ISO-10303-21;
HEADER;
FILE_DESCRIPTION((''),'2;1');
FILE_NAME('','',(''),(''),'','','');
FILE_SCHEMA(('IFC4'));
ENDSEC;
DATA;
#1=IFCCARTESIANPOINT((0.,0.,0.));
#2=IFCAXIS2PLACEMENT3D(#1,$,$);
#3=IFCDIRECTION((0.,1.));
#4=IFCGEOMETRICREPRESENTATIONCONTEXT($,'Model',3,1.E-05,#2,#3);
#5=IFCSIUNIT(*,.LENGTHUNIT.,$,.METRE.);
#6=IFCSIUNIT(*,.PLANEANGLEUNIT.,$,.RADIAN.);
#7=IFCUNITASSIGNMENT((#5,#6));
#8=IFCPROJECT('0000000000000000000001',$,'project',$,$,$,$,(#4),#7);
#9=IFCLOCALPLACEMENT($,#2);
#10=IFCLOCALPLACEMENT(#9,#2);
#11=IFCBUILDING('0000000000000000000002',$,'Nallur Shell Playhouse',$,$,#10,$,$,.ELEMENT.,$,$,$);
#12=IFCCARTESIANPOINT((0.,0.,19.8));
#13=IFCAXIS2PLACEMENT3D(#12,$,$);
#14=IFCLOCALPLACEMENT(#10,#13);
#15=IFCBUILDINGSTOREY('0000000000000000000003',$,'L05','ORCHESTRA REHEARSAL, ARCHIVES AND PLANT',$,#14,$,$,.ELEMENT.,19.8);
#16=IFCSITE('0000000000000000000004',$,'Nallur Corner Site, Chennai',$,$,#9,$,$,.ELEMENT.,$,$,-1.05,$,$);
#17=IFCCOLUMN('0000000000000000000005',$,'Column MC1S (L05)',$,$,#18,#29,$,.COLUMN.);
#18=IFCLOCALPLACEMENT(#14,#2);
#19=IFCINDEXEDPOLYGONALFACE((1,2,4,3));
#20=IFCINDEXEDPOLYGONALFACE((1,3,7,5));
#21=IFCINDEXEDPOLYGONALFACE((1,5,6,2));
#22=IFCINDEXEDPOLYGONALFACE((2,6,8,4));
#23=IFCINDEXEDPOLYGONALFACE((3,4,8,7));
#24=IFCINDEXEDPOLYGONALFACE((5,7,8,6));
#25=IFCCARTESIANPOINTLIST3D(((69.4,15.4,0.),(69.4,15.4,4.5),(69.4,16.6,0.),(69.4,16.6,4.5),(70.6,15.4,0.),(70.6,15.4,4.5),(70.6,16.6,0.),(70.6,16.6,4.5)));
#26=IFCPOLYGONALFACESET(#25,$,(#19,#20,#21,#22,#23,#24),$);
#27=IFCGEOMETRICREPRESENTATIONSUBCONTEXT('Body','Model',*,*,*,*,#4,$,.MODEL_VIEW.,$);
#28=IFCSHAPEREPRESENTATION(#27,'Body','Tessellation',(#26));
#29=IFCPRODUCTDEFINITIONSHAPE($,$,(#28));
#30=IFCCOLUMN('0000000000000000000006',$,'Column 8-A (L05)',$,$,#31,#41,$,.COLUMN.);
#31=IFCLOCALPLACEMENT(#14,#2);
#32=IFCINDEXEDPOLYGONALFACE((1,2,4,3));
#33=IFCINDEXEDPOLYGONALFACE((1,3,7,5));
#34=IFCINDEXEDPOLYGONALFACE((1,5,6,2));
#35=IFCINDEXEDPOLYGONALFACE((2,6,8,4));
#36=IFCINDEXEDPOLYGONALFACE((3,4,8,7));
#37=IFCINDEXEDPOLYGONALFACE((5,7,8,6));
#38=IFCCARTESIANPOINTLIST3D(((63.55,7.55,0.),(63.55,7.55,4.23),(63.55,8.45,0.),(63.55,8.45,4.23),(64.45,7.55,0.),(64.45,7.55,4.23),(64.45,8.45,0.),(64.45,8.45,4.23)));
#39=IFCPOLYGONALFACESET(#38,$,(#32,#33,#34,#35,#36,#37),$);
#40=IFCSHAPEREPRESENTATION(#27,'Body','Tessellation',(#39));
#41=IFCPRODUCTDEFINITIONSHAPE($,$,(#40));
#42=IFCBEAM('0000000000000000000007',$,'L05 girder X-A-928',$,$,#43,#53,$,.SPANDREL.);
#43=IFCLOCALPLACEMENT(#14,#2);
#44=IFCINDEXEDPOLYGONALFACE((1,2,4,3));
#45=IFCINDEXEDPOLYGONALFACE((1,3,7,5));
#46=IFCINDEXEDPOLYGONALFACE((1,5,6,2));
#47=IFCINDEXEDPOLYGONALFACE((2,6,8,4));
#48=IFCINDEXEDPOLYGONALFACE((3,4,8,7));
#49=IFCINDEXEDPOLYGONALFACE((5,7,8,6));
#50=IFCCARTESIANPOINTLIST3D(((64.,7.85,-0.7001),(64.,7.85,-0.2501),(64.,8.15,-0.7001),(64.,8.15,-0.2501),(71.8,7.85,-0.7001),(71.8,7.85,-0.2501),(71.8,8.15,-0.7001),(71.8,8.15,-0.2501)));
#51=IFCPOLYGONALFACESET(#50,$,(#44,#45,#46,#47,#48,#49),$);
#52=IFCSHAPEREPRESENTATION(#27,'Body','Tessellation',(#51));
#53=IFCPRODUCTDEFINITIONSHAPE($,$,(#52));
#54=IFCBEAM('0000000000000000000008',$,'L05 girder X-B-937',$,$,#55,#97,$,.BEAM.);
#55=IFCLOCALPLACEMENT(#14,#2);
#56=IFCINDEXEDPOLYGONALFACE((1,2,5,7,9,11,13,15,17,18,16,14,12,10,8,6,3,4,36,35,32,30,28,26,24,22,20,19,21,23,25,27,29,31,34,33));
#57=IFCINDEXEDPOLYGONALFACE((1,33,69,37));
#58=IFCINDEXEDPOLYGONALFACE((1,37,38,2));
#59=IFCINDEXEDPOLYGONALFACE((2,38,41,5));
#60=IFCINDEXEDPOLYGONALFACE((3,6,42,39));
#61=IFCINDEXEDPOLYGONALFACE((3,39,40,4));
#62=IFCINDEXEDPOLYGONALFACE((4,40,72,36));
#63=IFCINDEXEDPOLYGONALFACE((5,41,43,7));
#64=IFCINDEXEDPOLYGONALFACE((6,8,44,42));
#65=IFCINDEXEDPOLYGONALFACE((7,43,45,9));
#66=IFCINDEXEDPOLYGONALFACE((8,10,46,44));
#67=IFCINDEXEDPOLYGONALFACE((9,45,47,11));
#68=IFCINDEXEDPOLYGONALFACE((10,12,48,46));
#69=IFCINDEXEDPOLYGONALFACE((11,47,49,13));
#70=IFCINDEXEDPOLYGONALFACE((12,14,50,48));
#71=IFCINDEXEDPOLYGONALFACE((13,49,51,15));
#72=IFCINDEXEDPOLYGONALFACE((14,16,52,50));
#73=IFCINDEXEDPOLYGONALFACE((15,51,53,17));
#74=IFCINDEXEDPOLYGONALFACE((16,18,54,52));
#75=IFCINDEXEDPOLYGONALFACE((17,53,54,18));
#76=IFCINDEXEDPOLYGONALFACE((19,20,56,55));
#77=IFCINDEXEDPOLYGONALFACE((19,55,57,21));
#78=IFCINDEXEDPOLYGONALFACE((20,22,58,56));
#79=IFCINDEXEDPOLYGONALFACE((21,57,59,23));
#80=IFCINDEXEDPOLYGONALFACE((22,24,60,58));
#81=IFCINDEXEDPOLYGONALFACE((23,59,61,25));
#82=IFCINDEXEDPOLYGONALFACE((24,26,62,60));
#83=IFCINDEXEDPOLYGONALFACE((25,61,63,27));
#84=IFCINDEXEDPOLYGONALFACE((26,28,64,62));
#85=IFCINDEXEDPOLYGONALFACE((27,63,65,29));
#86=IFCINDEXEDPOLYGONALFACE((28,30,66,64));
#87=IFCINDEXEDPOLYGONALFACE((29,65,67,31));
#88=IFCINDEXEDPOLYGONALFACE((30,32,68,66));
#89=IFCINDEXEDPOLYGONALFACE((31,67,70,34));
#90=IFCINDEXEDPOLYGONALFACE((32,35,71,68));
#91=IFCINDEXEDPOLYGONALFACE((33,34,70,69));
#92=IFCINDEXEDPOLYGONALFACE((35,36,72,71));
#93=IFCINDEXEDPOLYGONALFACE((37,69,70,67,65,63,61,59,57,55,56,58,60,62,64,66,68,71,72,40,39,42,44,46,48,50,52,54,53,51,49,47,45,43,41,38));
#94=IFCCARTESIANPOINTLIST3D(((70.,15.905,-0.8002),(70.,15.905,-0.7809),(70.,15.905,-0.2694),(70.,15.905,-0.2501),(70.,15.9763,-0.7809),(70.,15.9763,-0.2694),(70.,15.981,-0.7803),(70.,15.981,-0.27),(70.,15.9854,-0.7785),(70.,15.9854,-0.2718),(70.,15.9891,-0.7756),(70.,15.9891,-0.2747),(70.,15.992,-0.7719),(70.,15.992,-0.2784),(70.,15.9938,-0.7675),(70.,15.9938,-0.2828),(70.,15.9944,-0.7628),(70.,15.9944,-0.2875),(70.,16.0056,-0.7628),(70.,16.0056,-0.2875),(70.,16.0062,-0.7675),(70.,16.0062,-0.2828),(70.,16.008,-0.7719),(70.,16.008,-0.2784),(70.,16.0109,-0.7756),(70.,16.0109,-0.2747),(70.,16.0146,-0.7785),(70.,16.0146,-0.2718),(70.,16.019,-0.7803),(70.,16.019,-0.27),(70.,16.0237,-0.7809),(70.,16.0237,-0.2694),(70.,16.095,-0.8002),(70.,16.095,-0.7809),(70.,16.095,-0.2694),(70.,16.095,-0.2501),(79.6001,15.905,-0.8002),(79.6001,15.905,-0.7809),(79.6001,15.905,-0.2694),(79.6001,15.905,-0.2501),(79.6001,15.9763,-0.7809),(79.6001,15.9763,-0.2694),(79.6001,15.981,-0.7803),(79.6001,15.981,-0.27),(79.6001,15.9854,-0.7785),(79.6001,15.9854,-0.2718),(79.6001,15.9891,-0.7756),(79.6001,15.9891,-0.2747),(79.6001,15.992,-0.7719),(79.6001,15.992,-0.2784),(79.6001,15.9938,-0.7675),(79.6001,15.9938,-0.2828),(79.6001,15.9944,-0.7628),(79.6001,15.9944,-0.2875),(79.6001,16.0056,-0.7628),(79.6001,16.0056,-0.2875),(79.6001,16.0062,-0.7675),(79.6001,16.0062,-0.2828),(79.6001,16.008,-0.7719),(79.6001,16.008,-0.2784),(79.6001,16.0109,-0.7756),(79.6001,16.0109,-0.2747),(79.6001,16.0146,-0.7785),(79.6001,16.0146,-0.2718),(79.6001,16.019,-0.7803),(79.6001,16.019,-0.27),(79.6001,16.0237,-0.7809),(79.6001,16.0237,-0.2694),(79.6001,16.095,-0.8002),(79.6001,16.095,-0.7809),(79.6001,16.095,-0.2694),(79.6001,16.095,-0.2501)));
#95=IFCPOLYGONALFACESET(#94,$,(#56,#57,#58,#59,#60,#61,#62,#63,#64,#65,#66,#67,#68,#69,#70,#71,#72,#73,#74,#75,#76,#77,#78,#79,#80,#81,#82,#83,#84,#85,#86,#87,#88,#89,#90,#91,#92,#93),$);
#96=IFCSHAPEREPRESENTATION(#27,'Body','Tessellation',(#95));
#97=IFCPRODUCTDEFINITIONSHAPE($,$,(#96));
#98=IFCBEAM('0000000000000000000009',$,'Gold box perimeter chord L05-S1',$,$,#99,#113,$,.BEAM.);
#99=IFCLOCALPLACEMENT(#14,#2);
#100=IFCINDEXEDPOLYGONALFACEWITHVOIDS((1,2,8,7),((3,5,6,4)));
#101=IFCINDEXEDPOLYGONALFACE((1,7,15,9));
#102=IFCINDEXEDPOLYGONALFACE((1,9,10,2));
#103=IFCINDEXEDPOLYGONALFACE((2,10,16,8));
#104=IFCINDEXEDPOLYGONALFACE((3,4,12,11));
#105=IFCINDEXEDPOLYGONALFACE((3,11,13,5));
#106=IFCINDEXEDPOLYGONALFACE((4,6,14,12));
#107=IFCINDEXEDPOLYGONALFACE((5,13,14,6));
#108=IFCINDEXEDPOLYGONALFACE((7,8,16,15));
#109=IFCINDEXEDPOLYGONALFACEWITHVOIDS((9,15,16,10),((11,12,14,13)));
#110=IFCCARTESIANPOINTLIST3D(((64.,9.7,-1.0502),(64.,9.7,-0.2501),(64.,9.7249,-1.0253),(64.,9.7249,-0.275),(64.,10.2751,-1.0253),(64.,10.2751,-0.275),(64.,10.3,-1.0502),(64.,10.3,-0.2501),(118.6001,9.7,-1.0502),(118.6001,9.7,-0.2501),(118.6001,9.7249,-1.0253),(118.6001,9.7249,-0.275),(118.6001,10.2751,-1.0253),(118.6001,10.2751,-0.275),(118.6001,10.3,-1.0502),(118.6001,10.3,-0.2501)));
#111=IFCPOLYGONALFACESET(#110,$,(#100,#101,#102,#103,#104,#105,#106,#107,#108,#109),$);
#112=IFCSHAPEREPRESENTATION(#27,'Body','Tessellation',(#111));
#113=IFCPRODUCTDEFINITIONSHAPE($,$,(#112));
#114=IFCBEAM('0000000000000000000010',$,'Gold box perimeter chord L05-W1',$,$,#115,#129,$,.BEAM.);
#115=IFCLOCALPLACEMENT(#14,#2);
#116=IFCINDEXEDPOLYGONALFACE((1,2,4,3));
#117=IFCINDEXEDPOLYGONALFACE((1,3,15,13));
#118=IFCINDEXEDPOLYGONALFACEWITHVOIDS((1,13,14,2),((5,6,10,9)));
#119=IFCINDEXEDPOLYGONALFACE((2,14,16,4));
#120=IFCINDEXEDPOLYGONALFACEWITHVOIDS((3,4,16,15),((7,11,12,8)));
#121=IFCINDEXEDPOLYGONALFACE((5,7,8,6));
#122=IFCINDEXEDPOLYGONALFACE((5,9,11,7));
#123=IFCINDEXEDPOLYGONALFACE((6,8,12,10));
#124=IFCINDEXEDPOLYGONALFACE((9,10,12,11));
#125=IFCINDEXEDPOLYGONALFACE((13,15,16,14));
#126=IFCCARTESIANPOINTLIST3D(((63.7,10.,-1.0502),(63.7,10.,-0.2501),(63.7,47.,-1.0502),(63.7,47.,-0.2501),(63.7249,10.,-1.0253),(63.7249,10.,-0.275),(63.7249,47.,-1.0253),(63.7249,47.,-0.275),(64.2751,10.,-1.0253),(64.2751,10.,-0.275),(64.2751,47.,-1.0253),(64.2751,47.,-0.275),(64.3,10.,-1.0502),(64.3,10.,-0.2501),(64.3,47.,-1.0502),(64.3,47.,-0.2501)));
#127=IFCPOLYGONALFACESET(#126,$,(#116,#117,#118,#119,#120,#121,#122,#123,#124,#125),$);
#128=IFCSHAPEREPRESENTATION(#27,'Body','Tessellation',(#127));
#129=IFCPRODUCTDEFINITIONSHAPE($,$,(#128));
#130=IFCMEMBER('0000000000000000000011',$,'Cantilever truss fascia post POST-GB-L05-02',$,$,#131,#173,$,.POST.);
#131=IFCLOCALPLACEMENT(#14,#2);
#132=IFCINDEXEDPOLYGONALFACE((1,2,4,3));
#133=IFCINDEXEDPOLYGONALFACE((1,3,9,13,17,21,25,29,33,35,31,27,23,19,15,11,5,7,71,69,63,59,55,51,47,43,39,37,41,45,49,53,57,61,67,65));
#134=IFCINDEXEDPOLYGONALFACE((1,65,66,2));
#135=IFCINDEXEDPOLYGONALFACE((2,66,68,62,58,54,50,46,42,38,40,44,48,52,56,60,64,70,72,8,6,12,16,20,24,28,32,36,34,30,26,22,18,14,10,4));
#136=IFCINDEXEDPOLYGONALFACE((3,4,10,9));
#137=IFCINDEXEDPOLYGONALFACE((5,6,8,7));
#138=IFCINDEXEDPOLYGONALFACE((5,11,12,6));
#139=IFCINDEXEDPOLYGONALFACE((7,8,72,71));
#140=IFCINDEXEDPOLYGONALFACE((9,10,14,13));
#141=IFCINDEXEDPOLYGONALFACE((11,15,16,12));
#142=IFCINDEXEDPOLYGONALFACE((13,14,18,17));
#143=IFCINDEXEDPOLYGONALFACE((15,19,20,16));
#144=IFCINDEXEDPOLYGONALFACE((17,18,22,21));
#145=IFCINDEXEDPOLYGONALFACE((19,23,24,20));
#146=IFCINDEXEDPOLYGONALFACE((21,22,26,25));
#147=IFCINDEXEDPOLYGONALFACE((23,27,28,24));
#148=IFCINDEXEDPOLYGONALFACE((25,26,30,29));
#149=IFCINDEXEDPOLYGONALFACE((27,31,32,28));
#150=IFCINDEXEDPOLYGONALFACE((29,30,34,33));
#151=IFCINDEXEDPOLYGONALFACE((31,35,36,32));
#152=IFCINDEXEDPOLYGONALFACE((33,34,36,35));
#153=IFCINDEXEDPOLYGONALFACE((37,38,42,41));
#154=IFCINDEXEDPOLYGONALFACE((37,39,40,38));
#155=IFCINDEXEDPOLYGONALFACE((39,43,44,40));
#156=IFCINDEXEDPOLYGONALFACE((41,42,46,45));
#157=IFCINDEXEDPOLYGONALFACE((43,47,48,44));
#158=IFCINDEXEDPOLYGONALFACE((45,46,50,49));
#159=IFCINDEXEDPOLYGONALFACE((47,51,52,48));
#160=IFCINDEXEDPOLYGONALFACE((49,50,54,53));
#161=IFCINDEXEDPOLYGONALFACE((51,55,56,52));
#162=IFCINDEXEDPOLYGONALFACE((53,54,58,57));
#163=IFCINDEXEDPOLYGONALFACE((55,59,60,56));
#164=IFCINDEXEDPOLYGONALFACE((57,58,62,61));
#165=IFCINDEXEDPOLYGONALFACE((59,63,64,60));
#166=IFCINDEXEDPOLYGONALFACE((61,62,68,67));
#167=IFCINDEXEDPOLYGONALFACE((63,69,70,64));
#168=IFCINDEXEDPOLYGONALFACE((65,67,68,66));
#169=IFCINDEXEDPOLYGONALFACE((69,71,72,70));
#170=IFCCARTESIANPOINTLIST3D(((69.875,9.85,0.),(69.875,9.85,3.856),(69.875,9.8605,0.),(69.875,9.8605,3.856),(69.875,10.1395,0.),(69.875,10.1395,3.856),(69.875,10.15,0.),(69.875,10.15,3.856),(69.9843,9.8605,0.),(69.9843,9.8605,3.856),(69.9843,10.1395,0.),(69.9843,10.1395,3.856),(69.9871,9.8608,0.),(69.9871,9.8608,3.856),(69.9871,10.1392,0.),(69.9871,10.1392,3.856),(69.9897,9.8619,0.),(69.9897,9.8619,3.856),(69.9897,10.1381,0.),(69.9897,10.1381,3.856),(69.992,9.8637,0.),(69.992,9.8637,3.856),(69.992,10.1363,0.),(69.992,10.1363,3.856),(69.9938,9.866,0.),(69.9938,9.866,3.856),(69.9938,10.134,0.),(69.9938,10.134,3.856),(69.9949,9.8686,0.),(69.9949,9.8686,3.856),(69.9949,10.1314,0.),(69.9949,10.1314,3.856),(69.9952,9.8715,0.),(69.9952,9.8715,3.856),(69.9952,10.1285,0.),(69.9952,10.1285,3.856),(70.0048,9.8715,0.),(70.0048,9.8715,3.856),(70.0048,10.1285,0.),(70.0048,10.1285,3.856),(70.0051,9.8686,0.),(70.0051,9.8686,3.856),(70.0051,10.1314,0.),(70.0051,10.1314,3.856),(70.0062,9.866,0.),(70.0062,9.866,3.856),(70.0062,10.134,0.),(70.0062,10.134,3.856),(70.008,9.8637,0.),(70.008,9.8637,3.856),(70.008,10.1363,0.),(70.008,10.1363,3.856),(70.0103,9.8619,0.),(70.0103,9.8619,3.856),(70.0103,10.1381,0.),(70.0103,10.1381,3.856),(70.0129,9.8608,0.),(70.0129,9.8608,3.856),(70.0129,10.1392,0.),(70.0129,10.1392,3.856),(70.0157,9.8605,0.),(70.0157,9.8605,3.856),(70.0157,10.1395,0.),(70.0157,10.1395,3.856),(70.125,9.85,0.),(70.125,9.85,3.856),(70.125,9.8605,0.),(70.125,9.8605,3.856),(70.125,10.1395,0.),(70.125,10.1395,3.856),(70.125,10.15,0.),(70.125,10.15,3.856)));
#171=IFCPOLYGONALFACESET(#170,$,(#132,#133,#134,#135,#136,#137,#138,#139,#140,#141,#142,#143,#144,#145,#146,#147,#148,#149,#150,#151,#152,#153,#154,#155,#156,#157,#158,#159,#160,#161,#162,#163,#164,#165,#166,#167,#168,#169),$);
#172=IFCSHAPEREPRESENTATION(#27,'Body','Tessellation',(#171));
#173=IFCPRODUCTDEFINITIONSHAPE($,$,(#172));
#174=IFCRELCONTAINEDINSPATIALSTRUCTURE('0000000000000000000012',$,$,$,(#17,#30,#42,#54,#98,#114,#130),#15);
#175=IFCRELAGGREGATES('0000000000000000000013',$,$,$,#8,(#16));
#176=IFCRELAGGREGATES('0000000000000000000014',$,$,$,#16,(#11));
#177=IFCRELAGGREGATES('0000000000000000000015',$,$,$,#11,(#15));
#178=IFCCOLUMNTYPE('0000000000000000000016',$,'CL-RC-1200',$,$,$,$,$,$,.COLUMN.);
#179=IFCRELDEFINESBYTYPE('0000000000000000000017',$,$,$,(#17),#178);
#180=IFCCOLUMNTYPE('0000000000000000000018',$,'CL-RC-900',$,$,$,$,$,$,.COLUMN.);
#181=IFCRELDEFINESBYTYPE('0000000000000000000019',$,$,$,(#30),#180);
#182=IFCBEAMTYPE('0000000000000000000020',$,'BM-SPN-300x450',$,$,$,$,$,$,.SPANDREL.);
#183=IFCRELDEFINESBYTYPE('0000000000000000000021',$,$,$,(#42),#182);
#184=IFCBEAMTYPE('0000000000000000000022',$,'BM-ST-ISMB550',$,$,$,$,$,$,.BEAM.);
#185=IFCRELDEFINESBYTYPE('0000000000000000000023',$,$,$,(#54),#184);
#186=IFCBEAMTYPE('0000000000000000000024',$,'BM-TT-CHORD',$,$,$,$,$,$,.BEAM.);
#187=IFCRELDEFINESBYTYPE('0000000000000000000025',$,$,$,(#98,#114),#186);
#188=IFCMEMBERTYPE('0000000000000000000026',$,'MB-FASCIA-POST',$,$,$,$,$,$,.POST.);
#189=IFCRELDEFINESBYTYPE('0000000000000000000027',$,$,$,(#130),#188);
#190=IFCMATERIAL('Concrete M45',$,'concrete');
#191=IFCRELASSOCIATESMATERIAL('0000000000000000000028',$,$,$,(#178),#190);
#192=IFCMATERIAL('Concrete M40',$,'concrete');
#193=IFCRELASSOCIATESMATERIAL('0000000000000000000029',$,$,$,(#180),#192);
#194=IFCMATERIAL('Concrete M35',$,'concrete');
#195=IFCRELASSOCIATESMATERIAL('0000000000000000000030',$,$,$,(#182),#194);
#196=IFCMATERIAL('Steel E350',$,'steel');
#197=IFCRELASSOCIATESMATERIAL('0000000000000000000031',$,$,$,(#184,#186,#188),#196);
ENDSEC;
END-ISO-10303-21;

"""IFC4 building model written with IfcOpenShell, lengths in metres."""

from ifc_helpers import new_model, si_unit, direction, frame, origin, origin_2d, place, context, subcontext, project, spatial, rectangle, hollow_rectangle, i_section, extrude, material, material_profile, profile_set, type_object, element, save


model = new_model("IFC4")

# Units and contexts
model_context = context("Model", 3, precision=1e-05, world=origin(), true_north=direction((0.0, 1.0)))
body_context = subcontext(model_context, "Body", "Model", "MODEL_VIEW")
ifc_project = project(units=[si_unit("LENGTHUNIT", "METRE"), si_unit("PLANEANGLEUNIT", "RADIAN")], contexts=[model_context])

# Site, building, storey
site_placement = place(None, origin())
site = spatial("IfcSite", under=ifc_project, at=site_placement, Name="Nallur Corner Site, Chennai", CompositionType="ELEMENT", RefElevation=-1.05)
building_placement = place(site_placement, origin())
building = spatial("IfcBuilding", under=site, at=building_placement, Name="Nallur Shell Playhouse", CompositionType="ELEMENT")
storey_placement = place(building_placement, frame((0.0, 0.0, 19.8)))
storey = spatial("IfcBuildingStorey", under=building, at=storey_placement, Name="L05", Description="ORCHESTRA REHEARSAL, ARCHIVES AND PLANT", CompositionType="ELEMENT", Elevation=19.8)

# Columns
ifc_material_1 = material(Name="Concrete M45", Category="concrete")
ifc_material_profile_1 = material_profile(ifc_material_1, rectangle(XDim=1.2, YDim=1.2, at=origin_2d()), Name="RC 1200x1200")
ifc_profile_set_1 = profile_set([ifc_material_profile_1], Name="Concrete M45")
column_type_1 = type_object("IfcColumnType", Name="CL-RC-1200", PredefinedType="COLUMN", material=ifc_profile_set_1)
column_1_placement = place(storey_placement, frame((70.0, 16.0, 0.0), z_axis=(0.0, 0.0, 1.0), x_axis=(1.0, 0.0, 0.0)))
element("IfcColumn", 1, at=column_1_placement, inside=storey, type_object=column_type_1, Name="Column MC1S (L05)", PredefinedType="COLUMN", context=body_context, shape_type="SweptSolid", body=[
    extrude(rectangle(XDim=1.2, YDim=1.2, at=origin_2d()), origin(), (0.0, 0.0, 1.0), 4.5),
])
ifc_material_2 = material(Name="Concrete M40", Category="concrete")
ifc_material_profile_2 = material_profile(ifc_material_2, rectangle(XDim=0.8999, YDim=0.8999, at=origin_2d()), Name="RC 900x900")
ifc_profile_set_2 = profile_set([ifc_material_profile_2], Name="Concrete M40")
column_type_2 = type_object("IfcColumnType", Name="CL-RC-900", PredefinedType="COLUMN", material=ifc_profile_set_2)
column_2_placement = place(storey_placement, frame((64.0, 8.0, 0.0), z_axis=(0.0, 0.0, 1.0), x_axis=(1.0, 0.0, 0.0)))
element("IfcColumn", 2, at=column_2_placement, inside=storey, type_object=column_type_2, Name="Column 8-A (L05)", PredefinedType="COLUMN", context=body_context, shape_type="SweptSolid", body=[
    extrude(rectangle(XDim=0.8999, YDim=0.8999, at=origin_2d()), origin(), (0.0, 0.0, 1.0), 4.23),
])

# Beams
ifc_material_3 = material(Name="Concrete M35", Category="concrete")
ifc_material_profile_3 = material_profile(ifc_material_3, rectangle(XDim=0.3, YDim=0.45, at=origin_2d()), Name="RC 300x450")
ifc_profile_set_3 = profile_set([ifc_material_profile_3], Name="Concrete M35")
beam_type_1 = type_object("IfcBeamType", Name="BM-SPN-300x450", PredefinedType="SPANDREL", material=ifc_profile_set_3)
beam_1_placement = place(storey_placement, frame((64.0, 8.0, -0.4751), z_axis=(1.0, 0.0, 0.0), x_axis=(0.0, 1.0, 0.0)))
element("IfcBeam", 3, at=beam_1_placement, inside=storey, type_object=beam_type_1, Name="L05 girder X-A-928", PredefinedType="SPANDREL", context=body_context, shape_type="SweptSolid", body=[
    extrude(rectangle(XDim=0.3, YDim=0.45, at=origin_2d()), origin(), (0.0, 0.0, 1.0), 7.8),
])
ifc_material_4 = material(Name="Steel E350", Category="steel")
ifc_material_profile_4 = material_profile(ifc_material_4, i_section(OverallWidth=0.1899, OverallDepth=0.55, WebThickness=0.0112, FlangeThickness=0.0193, FilletRadius=0.0181, at=origin_2d()), Name="ISMB 550")
ifc_profile_set_4 = profile_set([ifc_material_profile_4], Name="Steel E350")
beam_type_2 = type_object("IfcBeamType", Name="BM-ST-ISMB550", PredefinedType="BEAM", material=ifc_profile_set_4)
beam_2_placement = place(storey_placement, frame((70.0, 16.0, -0.5251), z_axis=(1.0, 0.0, 0.0), x_axis=(0.0, 1.0, 0.0)))
element("IfcBeam", 4, at=beam_2_placement, inside=storey, type_object=beam_type_2, Name="L05 girder X-B-937", PredefinedType="BEAM", context=body_context, shape_type="SweptSolid", body=[
    extrude(i_section(OverallWidth=0.1899, OverallDepth=0.55, WebThickness=0.0112, FlangeThickness=0.0193, FilletRadius=0.0181, at=origin_2d()), origin(), (0.0, 0.0, 1.0), 9.6001),
])
ifc_material_profile_5 = material_profile(ifc_material_4, hollow_rectangle(XDim=0.6001, YDim=0.8, WallThickness=0.0249, at=origin_2d()), Name="BOX 600x800x25")
ifc_profile_set_5 = profile_set([ifc_material_profile_5], Name="Steel E350")
beam_type_3 = type_object("IfcBeamType", Name="BM-TT-CHORD", PredefinedType="BEAM", material=ifc_profile_set_5)
beam_3_placement = place(storey_placement, frame((64.0, 10.0, -0.6501), z_axis=(1.0, 0.0, 0.0), x_axis=(0.0, 1.0, 0.0)))
element("IfcBeam", 5, at=beam_3_placement, inside=storey, type_object=beam_type_3, Name="Gold box perimeter chord L05-S1", PredefinedType="BEAM", context=body_context, shape_type="SweptSolid", body=[
    extrude(hollow_rectangle(XDim=0.6001, YDim=0.8, WallThickness=0.0249, at=origin_2d()), origin(), (0.0, 0.0, 1.0), 54.6001),
])
beam_4_placement = place(storey_placement, frame((64.0, 10.0, -0.6501), z_axis=(0.0, 1.0, 0.0), x_axis=(-1.0, 0.0, 0.0)))
element("IfcBeam", 6, at=beam_4_placement, inside=storey, type_object=beam_type_3, Name="Gold box perimeter chord L05-W1", PredefinedType="BEAM", context=body_context, shape_type="SweptSolid", body=[
    extrude(hollow_rectangle(XDim=0.6001, YDim=0.8, WallThickness=0.0249, at=origin_2d()), origin(), (0.0, 0.0, 1.0), 37.0),
])

# Member
ifc_material_profile_6 = material_profile(ifc_material_4, i_section(OverallWidth=0.25, OverallDepth=0.3, WebThickness=0.0095, FlangeThickness=0.0105, FilletRadius=0.011, at=origin_2d()), Name="ISHB 300")
ifc_profile_set_6 = profile_set([ifc_material_profile_6], Name="Steel E350")
member_type_1 = type_object("IfcMemberType", Name="MB-FASCIA-POST", PredefinedType="POST", material=ifc_profile_set_6)
member_1_placement = place(storey_placement, frame((70.0, 10.0, 0.0), z_axis=(0.0, 0.0, 1.0), x_axis=(1.0, 0.0, 0.0)))
element("IfcMember", 7, at=member_1_placement, inside=storey, type_object=member_type_1, Name="Cantilever truss fascia post POST-GB-L05-02", PredefinedType="POST", context=body_context, shape_type="SweptSolid", body=[
    extrude(i_section(OverallWidth=0.25, OverallDepth=0.3, WebThickness=0.0095, FlangeThickness=0.0105, FilletRadius=0.011, at=origin_2d()), origin(), (0.0, 0.0, 1.0), 3.856),
])

save(model, "model.ifc")
